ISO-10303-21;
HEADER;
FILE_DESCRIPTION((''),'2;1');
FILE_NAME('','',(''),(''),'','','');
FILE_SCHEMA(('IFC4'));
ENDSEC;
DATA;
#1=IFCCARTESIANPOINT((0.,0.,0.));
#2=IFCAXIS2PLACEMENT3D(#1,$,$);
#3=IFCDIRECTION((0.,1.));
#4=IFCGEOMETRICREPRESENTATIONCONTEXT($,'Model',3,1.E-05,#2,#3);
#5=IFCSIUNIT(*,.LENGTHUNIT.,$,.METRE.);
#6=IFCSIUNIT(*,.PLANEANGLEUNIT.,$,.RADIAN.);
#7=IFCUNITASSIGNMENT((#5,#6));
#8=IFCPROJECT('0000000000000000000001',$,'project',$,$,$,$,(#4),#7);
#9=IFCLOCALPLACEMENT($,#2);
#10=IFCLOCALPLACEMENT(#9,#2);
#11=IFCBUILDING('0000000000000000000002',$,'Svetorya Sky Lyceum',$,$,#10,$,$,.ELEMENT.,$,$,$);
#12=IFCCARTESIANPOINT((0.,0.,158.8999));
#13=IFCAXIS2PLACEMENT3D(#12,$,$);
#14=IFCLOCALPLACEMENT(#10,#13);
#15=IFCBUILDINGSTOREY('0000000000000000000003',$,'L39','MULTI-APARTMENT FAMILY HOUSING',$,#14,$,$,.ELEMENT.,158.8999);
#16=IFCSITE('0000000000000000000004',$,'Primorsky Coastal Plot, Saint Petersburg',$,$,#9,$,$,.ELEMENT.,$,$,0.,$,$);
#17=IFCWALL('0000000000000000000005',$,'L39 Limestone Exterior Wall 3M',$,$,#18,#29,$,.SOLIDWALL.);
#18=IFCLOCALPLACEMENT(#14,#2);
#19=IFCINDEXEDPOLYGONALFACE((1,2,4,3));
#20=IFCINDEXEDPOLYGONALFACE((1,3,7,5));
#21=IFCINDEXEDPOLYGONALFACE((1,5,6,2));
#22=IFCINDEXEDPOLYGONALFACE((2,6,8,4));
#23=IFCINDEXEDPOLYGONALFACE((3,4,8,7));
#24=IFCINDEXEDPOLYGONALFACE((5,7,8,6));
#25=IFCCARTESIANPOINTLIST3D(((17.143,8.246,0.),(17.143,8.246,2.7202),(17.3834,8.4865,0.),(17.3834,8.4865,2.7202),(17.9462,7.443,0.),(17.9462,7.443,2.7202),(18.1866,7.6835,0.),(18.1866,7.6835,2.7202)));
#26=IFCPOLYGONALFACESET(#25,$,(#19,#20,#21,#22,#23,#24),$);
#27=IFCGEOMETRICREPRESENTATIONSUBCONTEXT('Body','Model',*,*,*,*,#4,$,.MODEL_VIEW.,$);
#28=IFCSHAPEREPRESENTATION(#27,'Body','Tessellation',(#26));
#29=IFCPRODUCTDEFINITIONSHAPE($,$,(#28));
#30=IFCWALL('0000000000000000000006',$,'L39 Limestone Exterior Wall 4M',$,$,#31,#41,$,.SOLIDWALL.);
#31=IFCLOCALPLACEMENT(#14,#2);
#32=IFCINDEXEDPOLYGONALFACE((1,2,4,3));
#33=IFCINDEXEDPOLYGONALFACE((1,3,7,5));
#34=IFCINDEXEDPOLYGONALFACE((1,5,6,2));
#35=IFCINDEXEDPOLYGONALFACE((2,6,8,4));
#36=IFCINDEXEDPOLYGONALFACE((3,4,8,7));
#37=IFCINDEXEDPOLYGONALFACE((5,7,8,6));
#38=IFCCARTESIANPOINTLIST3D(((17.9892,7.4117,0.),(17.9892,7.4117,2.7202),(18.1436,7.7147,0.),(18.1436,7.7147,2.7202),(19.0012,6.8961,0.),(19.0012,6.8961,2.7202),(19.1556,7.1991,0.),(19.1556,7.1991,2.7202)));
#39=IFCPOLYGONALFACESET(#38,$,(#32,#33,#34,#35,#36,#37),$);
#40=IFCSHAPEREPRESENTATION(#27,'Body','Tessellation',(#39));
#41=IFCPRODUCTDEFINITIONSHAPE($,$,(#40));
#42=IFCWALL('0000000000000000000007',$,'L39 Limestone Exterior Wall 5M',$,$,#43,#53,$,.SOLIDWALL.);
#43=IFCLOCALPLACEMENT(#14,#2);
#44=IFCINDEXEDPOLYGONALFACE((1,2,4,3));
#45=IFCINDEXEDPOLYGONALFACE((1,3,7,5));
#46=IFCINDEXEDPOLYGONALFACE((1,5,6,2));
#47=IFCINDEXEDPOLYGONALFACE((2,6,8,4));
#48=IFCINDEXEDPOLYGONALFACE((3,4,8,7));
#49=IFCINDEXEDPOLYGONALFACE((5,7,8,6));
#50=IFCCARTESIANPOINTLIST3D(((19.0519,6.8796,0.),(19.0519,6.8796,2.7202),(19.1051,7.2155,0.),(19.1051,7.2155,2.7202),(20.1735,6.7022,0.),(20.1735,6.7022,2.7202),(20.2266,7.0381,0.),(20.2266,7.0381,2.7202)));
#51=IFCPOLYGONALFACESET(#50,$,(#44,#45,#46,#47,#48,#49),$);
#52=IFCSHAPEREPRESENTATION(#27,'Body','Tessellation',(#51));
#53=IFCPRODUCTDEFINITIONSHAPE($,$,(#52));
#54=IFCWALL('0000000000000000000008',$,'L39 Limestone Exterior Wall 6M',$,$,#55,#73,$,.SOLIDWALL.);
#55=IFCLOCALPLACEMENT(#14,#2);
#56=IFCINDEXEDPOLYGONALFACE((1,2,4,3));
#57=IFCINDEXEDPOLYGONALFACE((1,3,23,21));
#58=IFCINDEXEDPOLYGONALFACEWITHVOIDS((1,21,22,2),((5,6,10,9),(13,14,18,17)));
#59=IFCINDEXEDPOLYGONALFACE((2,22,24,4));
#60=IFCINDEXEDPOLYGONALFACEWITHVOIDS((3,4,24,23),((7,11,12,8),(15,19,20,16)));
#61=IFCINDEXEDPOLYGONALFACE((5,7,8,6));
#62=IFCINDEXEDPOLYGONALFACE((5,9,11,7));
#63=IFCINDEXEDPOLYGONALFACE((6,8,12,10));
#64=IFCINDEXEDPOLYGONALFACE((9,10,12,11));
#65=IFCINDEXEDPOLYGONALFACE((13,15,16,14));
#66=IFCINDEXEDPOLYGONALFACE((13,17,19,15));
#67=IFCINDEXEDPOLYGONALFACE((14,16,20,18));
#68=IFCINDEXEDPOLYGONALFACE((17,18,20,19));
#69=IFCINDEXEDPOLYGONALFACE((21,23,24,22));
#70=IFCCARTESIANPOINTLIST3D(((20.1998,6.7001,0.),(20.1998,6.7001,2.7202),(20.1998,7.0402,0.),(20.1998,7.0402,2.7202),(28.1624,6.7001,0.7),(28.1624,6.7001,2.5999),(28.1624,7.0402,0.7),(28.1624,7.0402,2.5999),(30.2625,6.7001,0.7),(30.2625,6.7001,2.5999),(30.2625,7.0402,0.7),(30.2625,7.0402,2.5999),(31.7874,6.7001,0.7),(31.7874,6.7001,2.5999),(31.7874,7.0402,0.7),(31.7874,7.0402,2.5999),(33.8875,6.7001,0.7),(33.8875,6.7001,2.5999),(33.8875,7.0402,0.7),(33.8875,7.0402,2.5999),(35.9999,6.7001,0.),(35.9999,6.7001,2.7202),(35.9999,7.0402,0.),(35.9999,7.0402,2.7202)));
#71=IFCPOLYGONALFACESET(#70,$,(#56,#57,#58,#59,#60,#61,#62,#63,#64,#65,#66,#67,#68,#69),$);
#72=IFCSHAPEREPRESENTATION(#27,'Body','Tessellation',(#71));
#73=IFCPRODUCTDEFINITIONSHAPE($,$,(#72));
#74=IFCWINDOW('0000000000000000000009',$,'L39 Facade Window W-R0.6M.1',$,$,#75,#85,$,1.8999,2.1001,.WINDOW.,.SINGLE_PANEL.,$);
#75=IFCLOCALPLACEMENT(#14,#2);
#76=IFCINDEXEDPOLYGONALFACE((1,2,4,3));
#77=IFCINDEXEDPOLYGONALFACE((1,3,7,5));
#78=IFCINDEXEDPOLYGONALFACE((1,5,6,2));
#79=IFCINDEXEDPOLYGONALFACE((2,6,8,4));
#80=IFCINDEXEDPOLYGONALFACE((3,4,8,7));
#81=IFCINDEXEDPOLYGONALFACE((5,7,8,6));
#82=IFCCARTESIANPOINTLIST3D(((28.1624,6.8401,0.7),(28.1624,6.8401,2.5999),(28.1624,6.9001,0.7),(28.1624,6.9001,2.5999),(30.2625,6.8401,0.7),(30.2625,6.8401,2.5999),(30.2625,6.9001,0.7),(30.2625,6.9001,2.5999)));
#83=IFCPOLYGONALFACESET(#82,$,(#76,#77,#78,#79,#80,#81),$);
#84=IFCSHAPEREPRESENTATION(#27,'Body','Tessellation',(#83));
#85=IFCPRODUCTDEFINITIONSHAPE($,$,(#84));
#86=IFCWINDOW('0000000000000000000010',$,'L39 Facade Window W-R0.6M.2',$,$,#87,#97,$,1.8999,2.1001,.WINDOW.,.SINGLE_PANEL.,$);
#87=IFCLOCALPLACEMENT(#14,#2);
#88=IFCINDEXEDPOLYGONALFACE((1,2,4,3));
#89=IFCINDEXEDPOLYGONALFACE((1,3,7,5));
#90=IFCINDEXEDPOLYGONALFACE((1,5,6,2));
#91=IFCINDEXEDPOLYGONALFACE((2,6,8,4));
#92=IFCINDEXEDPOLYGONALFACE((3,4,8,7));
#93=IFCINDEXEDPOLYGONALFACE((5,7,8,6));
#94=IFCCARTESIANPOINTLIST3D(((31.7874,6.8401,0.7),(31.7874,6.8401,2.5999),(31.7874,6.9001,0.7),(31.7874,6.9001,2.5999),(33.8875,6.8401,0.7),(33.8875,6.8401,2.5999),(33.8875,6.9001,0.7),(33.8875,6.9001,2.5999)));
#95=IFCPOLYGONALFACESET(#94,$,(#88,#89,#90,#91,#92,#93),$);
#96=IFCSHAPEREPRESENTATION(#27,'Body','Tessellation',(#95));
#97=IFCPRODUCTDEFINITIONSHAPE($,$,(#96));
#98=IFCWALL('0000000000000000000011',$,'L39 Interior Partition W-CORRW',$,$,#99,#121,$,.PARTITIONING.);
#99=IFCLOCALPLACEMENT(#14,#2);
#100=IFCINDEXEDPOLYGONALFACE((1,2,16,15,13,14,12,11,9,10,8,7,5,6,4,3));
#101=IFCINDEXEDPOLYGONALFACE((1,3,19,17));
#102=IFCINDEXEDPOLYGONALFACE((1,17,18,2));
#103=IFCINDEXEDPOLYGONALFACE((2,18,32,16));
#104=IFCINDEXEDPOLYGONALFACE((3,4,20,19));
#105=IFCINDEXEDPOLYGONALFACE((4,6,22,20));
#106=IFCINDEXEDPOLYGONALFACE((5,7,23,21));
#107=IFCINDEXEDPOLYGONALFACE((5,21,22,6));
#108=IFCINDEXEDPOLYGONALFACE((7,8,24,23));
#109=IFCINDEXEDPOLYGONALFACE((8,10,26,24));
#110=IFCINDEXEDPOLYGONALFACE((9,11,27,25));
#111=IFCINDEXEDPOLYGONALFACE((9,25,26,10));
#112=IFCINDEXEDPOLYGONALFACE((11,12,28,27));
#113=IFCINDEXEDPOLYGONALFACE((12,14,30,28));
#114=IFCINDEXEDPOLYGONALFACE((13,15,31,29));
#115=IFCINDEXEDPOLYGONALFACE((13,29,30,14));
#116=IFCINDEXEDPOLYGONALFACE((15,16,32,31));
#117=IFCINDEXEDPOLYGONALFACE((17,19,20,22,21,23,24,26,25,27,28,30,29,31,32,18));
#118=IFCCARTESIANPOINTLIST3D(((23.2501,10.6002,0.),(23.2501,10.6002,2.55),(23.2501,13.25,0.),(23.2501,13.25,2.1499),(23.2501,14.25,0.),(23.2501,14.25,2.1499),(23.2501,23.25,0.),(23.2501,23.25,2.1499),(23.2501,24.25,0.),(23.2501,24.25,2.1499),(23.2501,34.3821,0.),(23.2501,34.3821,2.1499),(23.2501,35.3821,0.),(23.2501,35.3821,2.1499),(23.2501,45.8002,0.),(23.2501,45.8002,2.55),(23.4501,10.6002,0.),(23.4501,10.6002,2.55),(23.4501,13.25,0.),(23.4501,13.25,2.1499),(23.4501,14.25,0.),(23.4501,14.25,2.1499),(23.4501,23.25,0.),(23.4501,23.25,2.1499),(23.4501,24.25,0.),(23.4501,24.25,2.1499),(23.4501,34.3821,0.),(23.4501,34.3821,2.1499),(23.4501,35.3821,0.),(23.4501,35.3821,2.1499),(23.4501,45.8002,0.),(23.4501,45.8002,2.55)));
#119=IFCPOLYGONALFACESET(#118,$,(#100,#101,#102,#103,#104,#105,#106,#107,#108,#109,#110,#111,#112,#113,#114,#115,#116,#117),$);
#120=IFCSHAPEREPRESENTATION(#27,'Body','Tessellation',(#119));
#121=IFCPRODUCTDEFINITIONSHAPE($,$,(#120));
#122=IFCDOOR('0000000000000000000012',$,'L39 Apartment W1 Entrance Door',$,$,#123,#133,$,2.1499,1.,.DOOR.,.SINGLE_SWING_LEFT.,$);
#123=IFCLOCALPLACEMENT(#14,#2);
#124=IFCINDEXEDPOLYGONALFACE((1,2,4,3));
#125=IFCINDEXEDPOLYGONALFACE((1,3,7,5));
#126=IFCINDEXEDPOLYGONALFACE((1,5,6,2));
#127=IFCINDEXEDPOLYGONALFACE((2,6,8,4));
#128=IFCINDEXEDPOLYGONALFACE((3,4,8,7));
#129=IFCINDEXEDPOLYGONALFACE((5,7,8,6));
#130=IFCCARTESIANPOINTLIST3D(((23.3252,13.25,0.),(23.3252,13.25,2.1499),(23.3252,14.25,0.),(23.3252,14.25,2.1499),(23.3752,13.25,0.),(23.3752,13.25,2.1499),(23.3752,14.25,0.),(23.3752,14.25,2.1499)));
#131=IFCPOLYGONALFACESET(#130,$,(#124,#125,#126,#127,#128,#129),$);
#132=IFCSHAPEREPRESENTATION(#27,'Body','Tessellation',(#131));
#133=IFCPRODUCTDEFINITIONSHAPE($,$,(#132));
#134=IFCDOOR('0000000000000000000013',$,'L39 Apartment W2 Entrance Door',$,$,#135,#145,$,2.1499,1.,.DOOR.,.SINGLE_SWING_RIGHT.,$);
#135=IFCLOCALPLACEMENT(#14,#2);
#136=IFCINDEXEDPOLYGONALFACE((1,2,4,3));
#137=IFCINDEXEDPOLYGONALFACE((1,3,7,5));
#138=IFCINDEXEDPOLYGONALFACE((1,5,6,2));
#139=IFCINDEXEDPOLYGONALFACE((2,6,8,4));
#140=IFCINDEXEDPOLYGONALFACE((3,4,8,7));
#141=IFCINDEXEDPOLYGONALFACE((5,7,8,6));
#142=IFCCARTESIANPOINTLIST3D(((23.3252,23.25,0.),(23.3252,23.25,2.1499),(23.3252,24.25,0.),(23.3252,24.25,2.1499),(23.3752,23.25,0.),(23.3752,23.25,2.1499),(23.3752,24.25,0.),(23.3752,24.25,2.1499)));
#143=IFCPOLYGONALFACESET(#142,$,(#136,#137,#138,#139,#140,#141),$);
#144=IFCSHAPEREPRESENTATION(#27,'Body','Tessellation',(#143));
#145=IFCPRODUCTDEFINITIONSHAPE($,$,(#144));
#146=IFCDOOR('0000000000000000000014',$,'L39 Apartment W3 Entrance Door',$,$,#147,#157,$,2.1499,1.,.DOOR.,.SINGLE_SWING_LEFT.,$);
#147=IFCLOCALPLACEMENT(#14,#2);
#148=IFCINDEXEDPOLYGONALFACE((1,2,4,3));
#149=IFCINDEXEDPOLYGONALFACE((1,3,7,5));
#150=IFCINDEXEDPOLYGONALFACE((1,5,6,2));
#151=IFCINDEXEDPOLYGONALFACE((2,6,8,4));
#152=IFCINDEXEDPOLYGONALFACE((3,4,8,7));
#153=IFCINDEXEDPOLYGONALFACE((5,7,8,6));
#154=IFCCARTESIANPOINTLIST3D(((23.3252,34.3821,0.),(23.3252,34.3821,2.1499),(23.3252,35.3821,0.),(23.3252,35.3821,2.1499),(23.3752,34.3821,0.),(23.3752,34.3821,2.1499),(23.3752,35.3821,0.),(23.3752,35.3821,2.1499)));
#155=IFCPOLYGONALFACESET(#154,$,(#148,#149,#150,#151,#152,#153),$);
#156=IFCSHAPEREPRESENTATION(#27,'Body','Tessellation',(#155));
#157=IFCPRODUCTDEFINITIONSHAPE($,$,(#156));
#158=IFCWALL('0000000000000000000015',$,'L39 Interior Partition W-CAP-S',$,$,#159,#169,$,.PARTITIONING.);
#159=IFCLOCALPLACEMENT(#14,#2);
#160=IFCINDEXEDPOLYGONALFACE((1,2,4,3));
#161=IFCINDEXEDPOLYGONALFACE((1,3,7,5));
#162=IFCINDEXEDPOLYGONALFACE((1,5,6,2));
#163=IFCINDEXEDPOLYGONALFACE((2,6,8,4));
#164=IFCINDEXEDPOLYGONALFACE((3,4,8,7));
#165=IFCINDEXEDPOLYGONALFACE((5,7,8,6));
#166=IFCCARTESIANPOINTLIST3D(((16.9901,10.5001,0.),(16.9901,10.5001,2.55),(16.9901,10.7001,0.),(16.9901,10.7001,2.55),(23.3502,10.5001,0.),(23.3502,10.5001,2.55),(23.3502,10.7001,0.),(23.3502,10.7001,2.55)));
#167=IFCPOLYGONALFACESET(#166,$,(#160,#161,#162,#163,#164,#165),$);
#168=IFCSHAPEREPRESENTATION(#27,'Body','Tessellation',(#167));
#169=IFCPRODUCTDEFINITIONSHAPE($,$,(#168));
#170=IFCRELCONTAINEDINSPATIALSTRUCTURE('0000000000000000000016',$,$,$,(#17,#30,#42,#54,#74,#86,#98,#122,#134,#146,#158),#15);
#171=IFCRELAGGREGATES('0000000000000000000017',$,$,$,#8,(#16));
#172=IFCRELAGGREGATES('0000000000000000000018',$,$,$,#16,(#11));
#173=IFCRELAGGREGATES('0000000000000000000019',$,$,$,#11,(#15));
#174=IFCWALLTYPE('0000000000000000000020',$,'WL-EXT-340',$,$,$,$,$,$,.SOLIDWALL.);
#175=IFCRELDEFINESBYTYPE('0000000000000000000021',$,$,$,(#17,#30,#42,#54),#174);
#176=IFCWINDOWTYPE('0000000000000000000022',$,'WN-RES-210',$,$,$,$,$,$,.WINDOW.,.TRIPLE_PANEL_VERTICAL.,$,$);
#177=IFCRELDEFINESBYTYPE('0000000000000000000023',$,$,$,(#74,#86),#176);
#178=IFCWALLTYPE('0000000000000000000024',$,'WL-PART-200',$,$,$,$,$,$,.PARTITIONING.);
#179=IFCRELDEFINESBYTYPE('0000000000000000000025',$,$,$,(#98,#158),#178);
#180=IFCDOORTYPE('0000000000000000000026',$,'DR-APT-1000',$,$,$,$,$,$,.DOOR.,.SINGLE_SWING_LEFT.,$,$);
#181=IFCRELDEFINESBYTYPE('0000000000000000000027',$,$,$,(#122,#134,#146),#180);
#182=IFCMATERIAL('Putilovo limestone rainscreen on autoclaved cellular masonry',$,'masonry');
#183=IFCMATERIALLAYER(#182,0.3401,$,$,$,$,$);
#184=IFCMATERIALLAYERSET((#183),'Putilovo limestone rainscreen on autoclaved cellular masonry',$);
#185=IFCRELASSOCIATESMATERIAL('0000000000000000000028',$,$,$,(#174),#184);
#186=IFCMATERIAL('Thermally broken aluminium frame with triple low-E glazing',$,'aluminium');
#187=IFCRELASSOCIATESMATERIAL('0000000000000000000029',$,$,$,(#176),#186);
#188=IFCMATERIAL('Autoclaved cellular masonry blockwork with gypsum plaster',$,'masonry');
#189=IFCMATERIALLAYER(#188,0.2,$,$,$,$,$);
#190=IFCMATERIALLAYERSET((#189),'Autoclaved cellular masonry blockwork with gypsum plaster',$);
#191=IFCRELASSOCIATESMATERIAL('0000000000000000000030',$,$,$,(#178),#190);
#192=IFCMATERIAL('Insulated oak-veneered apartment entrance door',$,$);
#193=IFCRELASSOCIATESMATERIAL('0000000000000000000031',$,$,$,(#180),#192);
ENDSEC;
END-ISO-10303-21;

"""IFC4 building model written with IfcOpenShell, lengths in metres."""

from ifc_helpers import new_model, si_unit, direction, frame, frame_2d, origin, place, context, subcontext, project, spatial, rectangle, extrude, material, layer, layer_set, type_object, element, fill, save


model = new_model("IFC4")

# Units and contexts
model_context = context("Model", 3, precision=1e-05, world=origin(), true_north=direction((0.0, 1.0)))
body_context = subcontext(model_context, "Body", "Model", "MODEL_VIEW")
ifc_project = project(units=[si_unit("LENGTHUNIT", "METRE"), si_unit("PLANEANGLEUNIT", "RADIAN")], contexts=[model_context])

# Site, building, storey
site_placement = place(None, origin())
site = spatial("IfcSite", under=ifc_project, at=site_placement, Name="Primorsky Coastal Plot, Saint Petersburg", CompositionType="ELEMENT", RefElevation=0.0)
building_placement = place(site_placement, origin())
building = spatial("IfcBuilding", under=site, at=building_placement, Name="Svetorya Sky Lyceum", CompositionType="ELEMENT")
storey_placement = place(building_placement, frame((0.0, 0.0, 158.8999)))
storey = spatial("IfcBuildingStorey", under=building, at=storey_placement, Name="L39", Description="MULTI-APARTMENT FAMILY HOUSING", CompositionType="ELEMENT", Elevation=158.8999)

# Walls
ifc_material_1 = material(Name="Putilovo limestone rainscreen on autoclaved cellular masonry", Category="masonry")
ifc_layer_1 = layer(ifc_material_1, 0.3401)
ifc_layer_set_1 = layer_set([ifc_layer_1], Name="Putilovo limestone rainscreen on autoclaved cellular masonry")
wall_type_1 = type_object("IfcWallType", Name="WL-EXT-340", PredefinedType="SOLIDWALL", material=ifc_layer_set_1)
for number, where, z_axis, x_axis, name in (
    (1, (17.2632, 8.3662, 0.0), (0.0, 0.0, 1.0), (0.707214, -0.706999, 0.0), "L39 Limestone Exterior Wall 3M"),
    (2, (18.0664, 7.5632, 0.0), (0.0, 0.0, 1.0), (0.891005, -0.453993, 0.0), "L39 Limestone Exterior Wall 4M"),
):
    element("IfcWall", number, at=place(storey_placement, frame(where, z_axis=z_axis, x_axis=x_axis)), inside=storey, type_object=wall_type_1, Name=name, PredefinedType="SOLIDWALL", context=body_context, shape_type="SweptSolid", body=[
        extrude(rectangle(XDim=1.1357, YDim=0.3401, at=frame_2d((0.5679, 0.0))), origin(), (0.0, 0.0, 1.0), 2.7202),
    ])
wall_1_placement = place(storey_placement, frame((19.0784, 7.0476, 0.0), z_axis=(0.0, 0.0, 1.0), x_axis=(0.987709, -0.156305, 0.0)))
element("IfcWall", 3, at=wall_1_placement, inside=storey, type_object=wall_type_1, Name="L39 Limestone Exterior Wall 5M", PredefinedType="SOLIDWALL", context=body_context, shape_type="SweptSolid", body=[
    extrude(rectangle(XDim=1.1355, YDim=0.3401, at=frame_2d((0.5679, 0.0))), origin(), (0.0, 0.0, 1.0), 2.7202),
])

# Wall, openings, windows
wall_2_placement = place(storey_placement, frame((20.2, 6.8701, 0.0), z_axis=(0.0, 0.0, 1.0), x_axis=(1.0, 0.0, 0.0)))
wall_2 = element("IfcWall", 4, at=wall_2_placement, inside=storey, type_object=wall_type_1, Name="L39 Limestone Exterior Wall 6M", PredefinedType="SOLIDWALL", context=body_context, shape_type="SweptSolid", body=[
    extrude(rectangle(XDim=15.8, YDim=0.3401, at=frame_2d((7.8999, 0.0))), origin(), (0.0, 0.0, 1.0), 2.7202),
])
opening_1_placement = place(wall_2_placement, frame((7.9624, 0.0, 0.7)))
opening_1 = element("IfcOpeningElement", 5, at=opening_1_placement, cuts=wall_2, PredefinedType="OPENING", context=body_context, shape_type="SweptSolid", body=[
    extrude(rectangle(XDim=2.1001, YDim=1.8999, at=frame_2d((1.05, 0.95))), frame((0.0, 0.1799, 0.0), z_axis=(0.0, -1.0, 0.0), x_axis=(1.0, 0.0, 0.0)), (0.0, 0.0, 1.0), 0.3601),
])
opening_2_placement = place(wall_2_placement, frame((11.5874, 0.0, 0.7)))
opening_2 = element("IfcOpeningElement", 6, at=opening_2_placement, cuts=wall_2, PredefinedType="OPENING", context=body_context, shape_type="SweptSolid", body=[
    extrude(rectangle(XDim=2.1001, YDim=1.8999, at=frame_2d((1.05, 0.95))), frame((0.0, 0.1799, 0.0), z_axis=(0.0, -1.0, 0.0), x_axis=(1.0, 0.0, 0.0)), (0.0, 0.0, 1.0), 0.3601),
])
ifc_material_2 = material(Name="Thermally broken aluminium frame with triple low-E glazing", Category="aluminium")
window_type = type_object("IfcWindowType", Name="WN-RES-210", PartitioningType="TRIPLE_PANEL_VERTICAL", PredefinedType="WINDOW", material=ifc_material_2)
window_1_placement = place(opening_1_placement, origin())
window_1 = element("IfcWindow", 7, at=window_1_placement, inside=storey, type_object=window_type, Name="L39 Facade Window W-R0.6M.1", OverallHeight=1.8999, OverallWidth=2.1001, PartitioningType="SINGLE_PANEL", PredefinedType="WINDOW", context=body_context, shape_type="SweptSolid", body=[
    extrude(rectangle(XDim=2.1001, YDim=1.8999, at=frame_2d((1.05, 0.95))), frame((0.0, 0.03, 0.0), z_axis=(0.0, -1.0, 0.0), x_axis=(1.0, 0.0, 0.0)), (0.0, 0.0, 1.0), 0.0601),
])
fill(opening_1, window_1)
window_2_placement = place(opening_2_placement, origin())
window_2 = element("IfcWindow", 8, at=window_2_placement, inside=storey, type_object=window_type, Name="L39 Facade Window W-R0.6M.2", OverallHeight=1.8999, OverallWidth=2.1001, PartitioningType="SINGLE_PANEL", PredefinedType="WINDOW", context=body_context, shape_type="SweptSolid", body=[
    extrude(rectangle(XDim=2.1001, YDim=1.8999, at=frame_2d((1.05, 0.95))), frame((0.0, 0.03, 0.0), z_axis=(0.0, -1.0, 0.0), x_axis=(1.0, 0.0, 0.0)), (0.0, 0.0, 1.0), 0.0601),
])
fill(opening_2, window_2)

# Wall, openings, doors
ifc_material_3 = material(Name="Autoclaved cellular masonry blockwork with gypsum plaster", Category="masonry")
ifc_layer_2 = layer(ifc_material_3, 0.2)
ifc_layer_set_2 = layer_set([ifc_layer_2], Name="Autoclaved cellular masonry blockwork with gypsum plaster")
wall_type_2 = type_object("IfcWallType", Name="WL-PART-200", PredefinedType="PARTITIONING", material=ifc_layer_set_2)
wall_3_placement = place(storey_placement, frame((23.3501, 10.6001, 0.0), z_axis=(0.0, 0.0, 1.0), x_axis=(0.0, 1.0, 0.0)))
wall_3 = element("IfcWall", 9, at=wall_3_placement, inside=storey, type_object=wall_type_2, Name="L39 Interior Partition W-CORRW", PredefinedType="PARTITIONING", context=body_context, shape_type="SweptSolid", body=[
    extrude(rectangle(XDim=35.2, YDim=0.2, at=frame_2d((17.6001, 0.0))), origin(), (0.0, 0.0, 1.0), 2.55),
])
opening_3_placement = place(wall_3_placement, frame((2.6499, 0.0, 0.0)))
opening_3 = element("IfcOpeningElement", 10, at=opening_3_placement, cuts=wall_3, PredefinedType="OPENING", context=body_context, shape_type="SweptSolid", body=[
    extrude(rectangle(XDim=1.0, YDim=2.1499, at=frame_2d((0.5, 1.075))), frame((0.0, 0.1099, 0.0), z_axis=(0.0, -1.0, 0.0), x_axis=(1.0, 0.0, 0.0)), (0.0, 0.0, 1.0), 0.22),
])
opening_4_placement = place(wall_3_placement, frame((12.6499, 0.0, 0.0)))
opening_4 = element("IfcOpeningElement", 11, at=opening_4_placement, cuts=wall_3, PredefinedType="OPENING", context=body_context, shape_type="SweptSolid", body=[
    extrude(rectangle(XDim=1.0, YDim=2.1499, at=frame_2d((0.5, 1.075))), frame((0.0, 0.1099, 0.0), z_axis=(0.0, -1.0, 0.0), x_axis=(1.0, 0.0, 0.0)), (0.0, 0.0, 1.0), 0.22),
])
opening_5_placement = place(wall_3_placement, frame((23.782, 0.0, 0.0)))
opening_5 = element("IfcOpeningElement", 12, at=opening_5_placement, cuts=wall_3, PredefinedType="OPENING", context=body_context, shape_type="SweptSolid", body=[
    extrude(rectangle(XDim=1.0, YDim=2.1499, at=frame_2d((0.5, 1.075))), frame((0.0, 0.1099, 0.0), z_axis=(0.0, -1.0, 0.0), x_axis=(1.0, 0.0, 0.0)), (0.0, 0.0, 1.0), 0.22),
])
ifc_material_4 = material(Name="Insulated oak-veneered apartment entrance door")
door_type_1 = type_object("IfcDoorType", Name="DR-APT-1000", OperationType="SINGLE_SWING_LEFT", PredefinedType="DOOR", material=ifc_material_4)
door_1_placement = place(opening_3_placement, origin())
door_1 = element("IfcDoor", 13, at=door_1_placement, inside=storey, type_object=door_type_1, Name="L39 Apartment W1 Entrance Door", OperationType="SINGLE_SWING_LEFT", OverallHeight=2.1499, OverallWidth=1.0, PredefinedType="DOOR", context=body_context, shape_type="SweptSolid", body=[
    extrude(rectangle(XDim=1.0, YDim=2.1499, at=frame_2d((0.5, 1.075))), frame((0.0, 0.0249, 0.0), z_axis=(0.0, -1.0, 0.0), x_axis=(1.0, 0.0, 0.0)), (0.0, 0.0, 1.0), 0.05),
])
fill(opening_3, door_1)
door_2_placement = place(opening_4_placement, origin())
door_2 = element("IfcDoor", 14, at=door_2_placement, inside=storey, type_object=door_type_1, Name="L39 Apartment W2 Entrance Door", OperationType="SINGLE_SWING_RIGHT", OverallHeight=2.1499, OverallWidth=1.0, PredefinedType="DOOR", context=body_context, shape_type="SweptSolid", body=[
    extrude(rectangle(XDim=1.0, YDim=2.1499, at=frame_2d((0.5, 1.075))), frame((0.0, 0.0249, 0.0), z_axis=(0.0, -1.0, 0.0), x_axis=(1.0, 0.0, 0.0)), (0.0, 0.0, 1.0), 0.05),
])
fill(opening_4, door_2)
door_3_placement = place(opening_5_placement, origin())
door_3 = element("IfcDoor", 15, at=door_3_placement, inside=storey, type_object=door_type_1, Name="L39 Apartment W3 Entrance Door", OperationType="SINGLE_SWING_LEFT", OverallHeight=2.1499, OverallWidth=1.0, PredefinedType="DOOR", context=body_context, shape_type="SweptSolid", body=[
    extrude(rectangle(XDim=1.0, YDim=2.1499, at=frame_2d((0.5, 1.075))), frame((0.0, 0.0249, 0.0), z_axis=(0.0, -1.0, 0.0), x_axis=(1.0, 0.0, 0.0)), (0.0, 0.0, 1.0), 0.05),
])
fill(opening_5, door_3)

# Wall
wall_4_placement = place(storey_placement, frame((16.99, 10.6001, 0.0), z_axis=(0.0, 0.0, 1.0), x_axis=(1.0, 0.0, 0.0)))
element("IfcWall", 16, at=wall_4_placement, inside=storey, type_object=wall_type_2, Name="L39 Interior Partition W-CAP-S", PredefinedType="PARTITIONING", context=body_context, shape_type="SweptSolid", body=[
    extrude(rectangle(XDim=6.3601, YDim=0.2, at=frame_2d((3.1802, 0.0))), origin(), (0.0, 0.0, 1.0), 2.55),
])

save(model, "model.ifc")
